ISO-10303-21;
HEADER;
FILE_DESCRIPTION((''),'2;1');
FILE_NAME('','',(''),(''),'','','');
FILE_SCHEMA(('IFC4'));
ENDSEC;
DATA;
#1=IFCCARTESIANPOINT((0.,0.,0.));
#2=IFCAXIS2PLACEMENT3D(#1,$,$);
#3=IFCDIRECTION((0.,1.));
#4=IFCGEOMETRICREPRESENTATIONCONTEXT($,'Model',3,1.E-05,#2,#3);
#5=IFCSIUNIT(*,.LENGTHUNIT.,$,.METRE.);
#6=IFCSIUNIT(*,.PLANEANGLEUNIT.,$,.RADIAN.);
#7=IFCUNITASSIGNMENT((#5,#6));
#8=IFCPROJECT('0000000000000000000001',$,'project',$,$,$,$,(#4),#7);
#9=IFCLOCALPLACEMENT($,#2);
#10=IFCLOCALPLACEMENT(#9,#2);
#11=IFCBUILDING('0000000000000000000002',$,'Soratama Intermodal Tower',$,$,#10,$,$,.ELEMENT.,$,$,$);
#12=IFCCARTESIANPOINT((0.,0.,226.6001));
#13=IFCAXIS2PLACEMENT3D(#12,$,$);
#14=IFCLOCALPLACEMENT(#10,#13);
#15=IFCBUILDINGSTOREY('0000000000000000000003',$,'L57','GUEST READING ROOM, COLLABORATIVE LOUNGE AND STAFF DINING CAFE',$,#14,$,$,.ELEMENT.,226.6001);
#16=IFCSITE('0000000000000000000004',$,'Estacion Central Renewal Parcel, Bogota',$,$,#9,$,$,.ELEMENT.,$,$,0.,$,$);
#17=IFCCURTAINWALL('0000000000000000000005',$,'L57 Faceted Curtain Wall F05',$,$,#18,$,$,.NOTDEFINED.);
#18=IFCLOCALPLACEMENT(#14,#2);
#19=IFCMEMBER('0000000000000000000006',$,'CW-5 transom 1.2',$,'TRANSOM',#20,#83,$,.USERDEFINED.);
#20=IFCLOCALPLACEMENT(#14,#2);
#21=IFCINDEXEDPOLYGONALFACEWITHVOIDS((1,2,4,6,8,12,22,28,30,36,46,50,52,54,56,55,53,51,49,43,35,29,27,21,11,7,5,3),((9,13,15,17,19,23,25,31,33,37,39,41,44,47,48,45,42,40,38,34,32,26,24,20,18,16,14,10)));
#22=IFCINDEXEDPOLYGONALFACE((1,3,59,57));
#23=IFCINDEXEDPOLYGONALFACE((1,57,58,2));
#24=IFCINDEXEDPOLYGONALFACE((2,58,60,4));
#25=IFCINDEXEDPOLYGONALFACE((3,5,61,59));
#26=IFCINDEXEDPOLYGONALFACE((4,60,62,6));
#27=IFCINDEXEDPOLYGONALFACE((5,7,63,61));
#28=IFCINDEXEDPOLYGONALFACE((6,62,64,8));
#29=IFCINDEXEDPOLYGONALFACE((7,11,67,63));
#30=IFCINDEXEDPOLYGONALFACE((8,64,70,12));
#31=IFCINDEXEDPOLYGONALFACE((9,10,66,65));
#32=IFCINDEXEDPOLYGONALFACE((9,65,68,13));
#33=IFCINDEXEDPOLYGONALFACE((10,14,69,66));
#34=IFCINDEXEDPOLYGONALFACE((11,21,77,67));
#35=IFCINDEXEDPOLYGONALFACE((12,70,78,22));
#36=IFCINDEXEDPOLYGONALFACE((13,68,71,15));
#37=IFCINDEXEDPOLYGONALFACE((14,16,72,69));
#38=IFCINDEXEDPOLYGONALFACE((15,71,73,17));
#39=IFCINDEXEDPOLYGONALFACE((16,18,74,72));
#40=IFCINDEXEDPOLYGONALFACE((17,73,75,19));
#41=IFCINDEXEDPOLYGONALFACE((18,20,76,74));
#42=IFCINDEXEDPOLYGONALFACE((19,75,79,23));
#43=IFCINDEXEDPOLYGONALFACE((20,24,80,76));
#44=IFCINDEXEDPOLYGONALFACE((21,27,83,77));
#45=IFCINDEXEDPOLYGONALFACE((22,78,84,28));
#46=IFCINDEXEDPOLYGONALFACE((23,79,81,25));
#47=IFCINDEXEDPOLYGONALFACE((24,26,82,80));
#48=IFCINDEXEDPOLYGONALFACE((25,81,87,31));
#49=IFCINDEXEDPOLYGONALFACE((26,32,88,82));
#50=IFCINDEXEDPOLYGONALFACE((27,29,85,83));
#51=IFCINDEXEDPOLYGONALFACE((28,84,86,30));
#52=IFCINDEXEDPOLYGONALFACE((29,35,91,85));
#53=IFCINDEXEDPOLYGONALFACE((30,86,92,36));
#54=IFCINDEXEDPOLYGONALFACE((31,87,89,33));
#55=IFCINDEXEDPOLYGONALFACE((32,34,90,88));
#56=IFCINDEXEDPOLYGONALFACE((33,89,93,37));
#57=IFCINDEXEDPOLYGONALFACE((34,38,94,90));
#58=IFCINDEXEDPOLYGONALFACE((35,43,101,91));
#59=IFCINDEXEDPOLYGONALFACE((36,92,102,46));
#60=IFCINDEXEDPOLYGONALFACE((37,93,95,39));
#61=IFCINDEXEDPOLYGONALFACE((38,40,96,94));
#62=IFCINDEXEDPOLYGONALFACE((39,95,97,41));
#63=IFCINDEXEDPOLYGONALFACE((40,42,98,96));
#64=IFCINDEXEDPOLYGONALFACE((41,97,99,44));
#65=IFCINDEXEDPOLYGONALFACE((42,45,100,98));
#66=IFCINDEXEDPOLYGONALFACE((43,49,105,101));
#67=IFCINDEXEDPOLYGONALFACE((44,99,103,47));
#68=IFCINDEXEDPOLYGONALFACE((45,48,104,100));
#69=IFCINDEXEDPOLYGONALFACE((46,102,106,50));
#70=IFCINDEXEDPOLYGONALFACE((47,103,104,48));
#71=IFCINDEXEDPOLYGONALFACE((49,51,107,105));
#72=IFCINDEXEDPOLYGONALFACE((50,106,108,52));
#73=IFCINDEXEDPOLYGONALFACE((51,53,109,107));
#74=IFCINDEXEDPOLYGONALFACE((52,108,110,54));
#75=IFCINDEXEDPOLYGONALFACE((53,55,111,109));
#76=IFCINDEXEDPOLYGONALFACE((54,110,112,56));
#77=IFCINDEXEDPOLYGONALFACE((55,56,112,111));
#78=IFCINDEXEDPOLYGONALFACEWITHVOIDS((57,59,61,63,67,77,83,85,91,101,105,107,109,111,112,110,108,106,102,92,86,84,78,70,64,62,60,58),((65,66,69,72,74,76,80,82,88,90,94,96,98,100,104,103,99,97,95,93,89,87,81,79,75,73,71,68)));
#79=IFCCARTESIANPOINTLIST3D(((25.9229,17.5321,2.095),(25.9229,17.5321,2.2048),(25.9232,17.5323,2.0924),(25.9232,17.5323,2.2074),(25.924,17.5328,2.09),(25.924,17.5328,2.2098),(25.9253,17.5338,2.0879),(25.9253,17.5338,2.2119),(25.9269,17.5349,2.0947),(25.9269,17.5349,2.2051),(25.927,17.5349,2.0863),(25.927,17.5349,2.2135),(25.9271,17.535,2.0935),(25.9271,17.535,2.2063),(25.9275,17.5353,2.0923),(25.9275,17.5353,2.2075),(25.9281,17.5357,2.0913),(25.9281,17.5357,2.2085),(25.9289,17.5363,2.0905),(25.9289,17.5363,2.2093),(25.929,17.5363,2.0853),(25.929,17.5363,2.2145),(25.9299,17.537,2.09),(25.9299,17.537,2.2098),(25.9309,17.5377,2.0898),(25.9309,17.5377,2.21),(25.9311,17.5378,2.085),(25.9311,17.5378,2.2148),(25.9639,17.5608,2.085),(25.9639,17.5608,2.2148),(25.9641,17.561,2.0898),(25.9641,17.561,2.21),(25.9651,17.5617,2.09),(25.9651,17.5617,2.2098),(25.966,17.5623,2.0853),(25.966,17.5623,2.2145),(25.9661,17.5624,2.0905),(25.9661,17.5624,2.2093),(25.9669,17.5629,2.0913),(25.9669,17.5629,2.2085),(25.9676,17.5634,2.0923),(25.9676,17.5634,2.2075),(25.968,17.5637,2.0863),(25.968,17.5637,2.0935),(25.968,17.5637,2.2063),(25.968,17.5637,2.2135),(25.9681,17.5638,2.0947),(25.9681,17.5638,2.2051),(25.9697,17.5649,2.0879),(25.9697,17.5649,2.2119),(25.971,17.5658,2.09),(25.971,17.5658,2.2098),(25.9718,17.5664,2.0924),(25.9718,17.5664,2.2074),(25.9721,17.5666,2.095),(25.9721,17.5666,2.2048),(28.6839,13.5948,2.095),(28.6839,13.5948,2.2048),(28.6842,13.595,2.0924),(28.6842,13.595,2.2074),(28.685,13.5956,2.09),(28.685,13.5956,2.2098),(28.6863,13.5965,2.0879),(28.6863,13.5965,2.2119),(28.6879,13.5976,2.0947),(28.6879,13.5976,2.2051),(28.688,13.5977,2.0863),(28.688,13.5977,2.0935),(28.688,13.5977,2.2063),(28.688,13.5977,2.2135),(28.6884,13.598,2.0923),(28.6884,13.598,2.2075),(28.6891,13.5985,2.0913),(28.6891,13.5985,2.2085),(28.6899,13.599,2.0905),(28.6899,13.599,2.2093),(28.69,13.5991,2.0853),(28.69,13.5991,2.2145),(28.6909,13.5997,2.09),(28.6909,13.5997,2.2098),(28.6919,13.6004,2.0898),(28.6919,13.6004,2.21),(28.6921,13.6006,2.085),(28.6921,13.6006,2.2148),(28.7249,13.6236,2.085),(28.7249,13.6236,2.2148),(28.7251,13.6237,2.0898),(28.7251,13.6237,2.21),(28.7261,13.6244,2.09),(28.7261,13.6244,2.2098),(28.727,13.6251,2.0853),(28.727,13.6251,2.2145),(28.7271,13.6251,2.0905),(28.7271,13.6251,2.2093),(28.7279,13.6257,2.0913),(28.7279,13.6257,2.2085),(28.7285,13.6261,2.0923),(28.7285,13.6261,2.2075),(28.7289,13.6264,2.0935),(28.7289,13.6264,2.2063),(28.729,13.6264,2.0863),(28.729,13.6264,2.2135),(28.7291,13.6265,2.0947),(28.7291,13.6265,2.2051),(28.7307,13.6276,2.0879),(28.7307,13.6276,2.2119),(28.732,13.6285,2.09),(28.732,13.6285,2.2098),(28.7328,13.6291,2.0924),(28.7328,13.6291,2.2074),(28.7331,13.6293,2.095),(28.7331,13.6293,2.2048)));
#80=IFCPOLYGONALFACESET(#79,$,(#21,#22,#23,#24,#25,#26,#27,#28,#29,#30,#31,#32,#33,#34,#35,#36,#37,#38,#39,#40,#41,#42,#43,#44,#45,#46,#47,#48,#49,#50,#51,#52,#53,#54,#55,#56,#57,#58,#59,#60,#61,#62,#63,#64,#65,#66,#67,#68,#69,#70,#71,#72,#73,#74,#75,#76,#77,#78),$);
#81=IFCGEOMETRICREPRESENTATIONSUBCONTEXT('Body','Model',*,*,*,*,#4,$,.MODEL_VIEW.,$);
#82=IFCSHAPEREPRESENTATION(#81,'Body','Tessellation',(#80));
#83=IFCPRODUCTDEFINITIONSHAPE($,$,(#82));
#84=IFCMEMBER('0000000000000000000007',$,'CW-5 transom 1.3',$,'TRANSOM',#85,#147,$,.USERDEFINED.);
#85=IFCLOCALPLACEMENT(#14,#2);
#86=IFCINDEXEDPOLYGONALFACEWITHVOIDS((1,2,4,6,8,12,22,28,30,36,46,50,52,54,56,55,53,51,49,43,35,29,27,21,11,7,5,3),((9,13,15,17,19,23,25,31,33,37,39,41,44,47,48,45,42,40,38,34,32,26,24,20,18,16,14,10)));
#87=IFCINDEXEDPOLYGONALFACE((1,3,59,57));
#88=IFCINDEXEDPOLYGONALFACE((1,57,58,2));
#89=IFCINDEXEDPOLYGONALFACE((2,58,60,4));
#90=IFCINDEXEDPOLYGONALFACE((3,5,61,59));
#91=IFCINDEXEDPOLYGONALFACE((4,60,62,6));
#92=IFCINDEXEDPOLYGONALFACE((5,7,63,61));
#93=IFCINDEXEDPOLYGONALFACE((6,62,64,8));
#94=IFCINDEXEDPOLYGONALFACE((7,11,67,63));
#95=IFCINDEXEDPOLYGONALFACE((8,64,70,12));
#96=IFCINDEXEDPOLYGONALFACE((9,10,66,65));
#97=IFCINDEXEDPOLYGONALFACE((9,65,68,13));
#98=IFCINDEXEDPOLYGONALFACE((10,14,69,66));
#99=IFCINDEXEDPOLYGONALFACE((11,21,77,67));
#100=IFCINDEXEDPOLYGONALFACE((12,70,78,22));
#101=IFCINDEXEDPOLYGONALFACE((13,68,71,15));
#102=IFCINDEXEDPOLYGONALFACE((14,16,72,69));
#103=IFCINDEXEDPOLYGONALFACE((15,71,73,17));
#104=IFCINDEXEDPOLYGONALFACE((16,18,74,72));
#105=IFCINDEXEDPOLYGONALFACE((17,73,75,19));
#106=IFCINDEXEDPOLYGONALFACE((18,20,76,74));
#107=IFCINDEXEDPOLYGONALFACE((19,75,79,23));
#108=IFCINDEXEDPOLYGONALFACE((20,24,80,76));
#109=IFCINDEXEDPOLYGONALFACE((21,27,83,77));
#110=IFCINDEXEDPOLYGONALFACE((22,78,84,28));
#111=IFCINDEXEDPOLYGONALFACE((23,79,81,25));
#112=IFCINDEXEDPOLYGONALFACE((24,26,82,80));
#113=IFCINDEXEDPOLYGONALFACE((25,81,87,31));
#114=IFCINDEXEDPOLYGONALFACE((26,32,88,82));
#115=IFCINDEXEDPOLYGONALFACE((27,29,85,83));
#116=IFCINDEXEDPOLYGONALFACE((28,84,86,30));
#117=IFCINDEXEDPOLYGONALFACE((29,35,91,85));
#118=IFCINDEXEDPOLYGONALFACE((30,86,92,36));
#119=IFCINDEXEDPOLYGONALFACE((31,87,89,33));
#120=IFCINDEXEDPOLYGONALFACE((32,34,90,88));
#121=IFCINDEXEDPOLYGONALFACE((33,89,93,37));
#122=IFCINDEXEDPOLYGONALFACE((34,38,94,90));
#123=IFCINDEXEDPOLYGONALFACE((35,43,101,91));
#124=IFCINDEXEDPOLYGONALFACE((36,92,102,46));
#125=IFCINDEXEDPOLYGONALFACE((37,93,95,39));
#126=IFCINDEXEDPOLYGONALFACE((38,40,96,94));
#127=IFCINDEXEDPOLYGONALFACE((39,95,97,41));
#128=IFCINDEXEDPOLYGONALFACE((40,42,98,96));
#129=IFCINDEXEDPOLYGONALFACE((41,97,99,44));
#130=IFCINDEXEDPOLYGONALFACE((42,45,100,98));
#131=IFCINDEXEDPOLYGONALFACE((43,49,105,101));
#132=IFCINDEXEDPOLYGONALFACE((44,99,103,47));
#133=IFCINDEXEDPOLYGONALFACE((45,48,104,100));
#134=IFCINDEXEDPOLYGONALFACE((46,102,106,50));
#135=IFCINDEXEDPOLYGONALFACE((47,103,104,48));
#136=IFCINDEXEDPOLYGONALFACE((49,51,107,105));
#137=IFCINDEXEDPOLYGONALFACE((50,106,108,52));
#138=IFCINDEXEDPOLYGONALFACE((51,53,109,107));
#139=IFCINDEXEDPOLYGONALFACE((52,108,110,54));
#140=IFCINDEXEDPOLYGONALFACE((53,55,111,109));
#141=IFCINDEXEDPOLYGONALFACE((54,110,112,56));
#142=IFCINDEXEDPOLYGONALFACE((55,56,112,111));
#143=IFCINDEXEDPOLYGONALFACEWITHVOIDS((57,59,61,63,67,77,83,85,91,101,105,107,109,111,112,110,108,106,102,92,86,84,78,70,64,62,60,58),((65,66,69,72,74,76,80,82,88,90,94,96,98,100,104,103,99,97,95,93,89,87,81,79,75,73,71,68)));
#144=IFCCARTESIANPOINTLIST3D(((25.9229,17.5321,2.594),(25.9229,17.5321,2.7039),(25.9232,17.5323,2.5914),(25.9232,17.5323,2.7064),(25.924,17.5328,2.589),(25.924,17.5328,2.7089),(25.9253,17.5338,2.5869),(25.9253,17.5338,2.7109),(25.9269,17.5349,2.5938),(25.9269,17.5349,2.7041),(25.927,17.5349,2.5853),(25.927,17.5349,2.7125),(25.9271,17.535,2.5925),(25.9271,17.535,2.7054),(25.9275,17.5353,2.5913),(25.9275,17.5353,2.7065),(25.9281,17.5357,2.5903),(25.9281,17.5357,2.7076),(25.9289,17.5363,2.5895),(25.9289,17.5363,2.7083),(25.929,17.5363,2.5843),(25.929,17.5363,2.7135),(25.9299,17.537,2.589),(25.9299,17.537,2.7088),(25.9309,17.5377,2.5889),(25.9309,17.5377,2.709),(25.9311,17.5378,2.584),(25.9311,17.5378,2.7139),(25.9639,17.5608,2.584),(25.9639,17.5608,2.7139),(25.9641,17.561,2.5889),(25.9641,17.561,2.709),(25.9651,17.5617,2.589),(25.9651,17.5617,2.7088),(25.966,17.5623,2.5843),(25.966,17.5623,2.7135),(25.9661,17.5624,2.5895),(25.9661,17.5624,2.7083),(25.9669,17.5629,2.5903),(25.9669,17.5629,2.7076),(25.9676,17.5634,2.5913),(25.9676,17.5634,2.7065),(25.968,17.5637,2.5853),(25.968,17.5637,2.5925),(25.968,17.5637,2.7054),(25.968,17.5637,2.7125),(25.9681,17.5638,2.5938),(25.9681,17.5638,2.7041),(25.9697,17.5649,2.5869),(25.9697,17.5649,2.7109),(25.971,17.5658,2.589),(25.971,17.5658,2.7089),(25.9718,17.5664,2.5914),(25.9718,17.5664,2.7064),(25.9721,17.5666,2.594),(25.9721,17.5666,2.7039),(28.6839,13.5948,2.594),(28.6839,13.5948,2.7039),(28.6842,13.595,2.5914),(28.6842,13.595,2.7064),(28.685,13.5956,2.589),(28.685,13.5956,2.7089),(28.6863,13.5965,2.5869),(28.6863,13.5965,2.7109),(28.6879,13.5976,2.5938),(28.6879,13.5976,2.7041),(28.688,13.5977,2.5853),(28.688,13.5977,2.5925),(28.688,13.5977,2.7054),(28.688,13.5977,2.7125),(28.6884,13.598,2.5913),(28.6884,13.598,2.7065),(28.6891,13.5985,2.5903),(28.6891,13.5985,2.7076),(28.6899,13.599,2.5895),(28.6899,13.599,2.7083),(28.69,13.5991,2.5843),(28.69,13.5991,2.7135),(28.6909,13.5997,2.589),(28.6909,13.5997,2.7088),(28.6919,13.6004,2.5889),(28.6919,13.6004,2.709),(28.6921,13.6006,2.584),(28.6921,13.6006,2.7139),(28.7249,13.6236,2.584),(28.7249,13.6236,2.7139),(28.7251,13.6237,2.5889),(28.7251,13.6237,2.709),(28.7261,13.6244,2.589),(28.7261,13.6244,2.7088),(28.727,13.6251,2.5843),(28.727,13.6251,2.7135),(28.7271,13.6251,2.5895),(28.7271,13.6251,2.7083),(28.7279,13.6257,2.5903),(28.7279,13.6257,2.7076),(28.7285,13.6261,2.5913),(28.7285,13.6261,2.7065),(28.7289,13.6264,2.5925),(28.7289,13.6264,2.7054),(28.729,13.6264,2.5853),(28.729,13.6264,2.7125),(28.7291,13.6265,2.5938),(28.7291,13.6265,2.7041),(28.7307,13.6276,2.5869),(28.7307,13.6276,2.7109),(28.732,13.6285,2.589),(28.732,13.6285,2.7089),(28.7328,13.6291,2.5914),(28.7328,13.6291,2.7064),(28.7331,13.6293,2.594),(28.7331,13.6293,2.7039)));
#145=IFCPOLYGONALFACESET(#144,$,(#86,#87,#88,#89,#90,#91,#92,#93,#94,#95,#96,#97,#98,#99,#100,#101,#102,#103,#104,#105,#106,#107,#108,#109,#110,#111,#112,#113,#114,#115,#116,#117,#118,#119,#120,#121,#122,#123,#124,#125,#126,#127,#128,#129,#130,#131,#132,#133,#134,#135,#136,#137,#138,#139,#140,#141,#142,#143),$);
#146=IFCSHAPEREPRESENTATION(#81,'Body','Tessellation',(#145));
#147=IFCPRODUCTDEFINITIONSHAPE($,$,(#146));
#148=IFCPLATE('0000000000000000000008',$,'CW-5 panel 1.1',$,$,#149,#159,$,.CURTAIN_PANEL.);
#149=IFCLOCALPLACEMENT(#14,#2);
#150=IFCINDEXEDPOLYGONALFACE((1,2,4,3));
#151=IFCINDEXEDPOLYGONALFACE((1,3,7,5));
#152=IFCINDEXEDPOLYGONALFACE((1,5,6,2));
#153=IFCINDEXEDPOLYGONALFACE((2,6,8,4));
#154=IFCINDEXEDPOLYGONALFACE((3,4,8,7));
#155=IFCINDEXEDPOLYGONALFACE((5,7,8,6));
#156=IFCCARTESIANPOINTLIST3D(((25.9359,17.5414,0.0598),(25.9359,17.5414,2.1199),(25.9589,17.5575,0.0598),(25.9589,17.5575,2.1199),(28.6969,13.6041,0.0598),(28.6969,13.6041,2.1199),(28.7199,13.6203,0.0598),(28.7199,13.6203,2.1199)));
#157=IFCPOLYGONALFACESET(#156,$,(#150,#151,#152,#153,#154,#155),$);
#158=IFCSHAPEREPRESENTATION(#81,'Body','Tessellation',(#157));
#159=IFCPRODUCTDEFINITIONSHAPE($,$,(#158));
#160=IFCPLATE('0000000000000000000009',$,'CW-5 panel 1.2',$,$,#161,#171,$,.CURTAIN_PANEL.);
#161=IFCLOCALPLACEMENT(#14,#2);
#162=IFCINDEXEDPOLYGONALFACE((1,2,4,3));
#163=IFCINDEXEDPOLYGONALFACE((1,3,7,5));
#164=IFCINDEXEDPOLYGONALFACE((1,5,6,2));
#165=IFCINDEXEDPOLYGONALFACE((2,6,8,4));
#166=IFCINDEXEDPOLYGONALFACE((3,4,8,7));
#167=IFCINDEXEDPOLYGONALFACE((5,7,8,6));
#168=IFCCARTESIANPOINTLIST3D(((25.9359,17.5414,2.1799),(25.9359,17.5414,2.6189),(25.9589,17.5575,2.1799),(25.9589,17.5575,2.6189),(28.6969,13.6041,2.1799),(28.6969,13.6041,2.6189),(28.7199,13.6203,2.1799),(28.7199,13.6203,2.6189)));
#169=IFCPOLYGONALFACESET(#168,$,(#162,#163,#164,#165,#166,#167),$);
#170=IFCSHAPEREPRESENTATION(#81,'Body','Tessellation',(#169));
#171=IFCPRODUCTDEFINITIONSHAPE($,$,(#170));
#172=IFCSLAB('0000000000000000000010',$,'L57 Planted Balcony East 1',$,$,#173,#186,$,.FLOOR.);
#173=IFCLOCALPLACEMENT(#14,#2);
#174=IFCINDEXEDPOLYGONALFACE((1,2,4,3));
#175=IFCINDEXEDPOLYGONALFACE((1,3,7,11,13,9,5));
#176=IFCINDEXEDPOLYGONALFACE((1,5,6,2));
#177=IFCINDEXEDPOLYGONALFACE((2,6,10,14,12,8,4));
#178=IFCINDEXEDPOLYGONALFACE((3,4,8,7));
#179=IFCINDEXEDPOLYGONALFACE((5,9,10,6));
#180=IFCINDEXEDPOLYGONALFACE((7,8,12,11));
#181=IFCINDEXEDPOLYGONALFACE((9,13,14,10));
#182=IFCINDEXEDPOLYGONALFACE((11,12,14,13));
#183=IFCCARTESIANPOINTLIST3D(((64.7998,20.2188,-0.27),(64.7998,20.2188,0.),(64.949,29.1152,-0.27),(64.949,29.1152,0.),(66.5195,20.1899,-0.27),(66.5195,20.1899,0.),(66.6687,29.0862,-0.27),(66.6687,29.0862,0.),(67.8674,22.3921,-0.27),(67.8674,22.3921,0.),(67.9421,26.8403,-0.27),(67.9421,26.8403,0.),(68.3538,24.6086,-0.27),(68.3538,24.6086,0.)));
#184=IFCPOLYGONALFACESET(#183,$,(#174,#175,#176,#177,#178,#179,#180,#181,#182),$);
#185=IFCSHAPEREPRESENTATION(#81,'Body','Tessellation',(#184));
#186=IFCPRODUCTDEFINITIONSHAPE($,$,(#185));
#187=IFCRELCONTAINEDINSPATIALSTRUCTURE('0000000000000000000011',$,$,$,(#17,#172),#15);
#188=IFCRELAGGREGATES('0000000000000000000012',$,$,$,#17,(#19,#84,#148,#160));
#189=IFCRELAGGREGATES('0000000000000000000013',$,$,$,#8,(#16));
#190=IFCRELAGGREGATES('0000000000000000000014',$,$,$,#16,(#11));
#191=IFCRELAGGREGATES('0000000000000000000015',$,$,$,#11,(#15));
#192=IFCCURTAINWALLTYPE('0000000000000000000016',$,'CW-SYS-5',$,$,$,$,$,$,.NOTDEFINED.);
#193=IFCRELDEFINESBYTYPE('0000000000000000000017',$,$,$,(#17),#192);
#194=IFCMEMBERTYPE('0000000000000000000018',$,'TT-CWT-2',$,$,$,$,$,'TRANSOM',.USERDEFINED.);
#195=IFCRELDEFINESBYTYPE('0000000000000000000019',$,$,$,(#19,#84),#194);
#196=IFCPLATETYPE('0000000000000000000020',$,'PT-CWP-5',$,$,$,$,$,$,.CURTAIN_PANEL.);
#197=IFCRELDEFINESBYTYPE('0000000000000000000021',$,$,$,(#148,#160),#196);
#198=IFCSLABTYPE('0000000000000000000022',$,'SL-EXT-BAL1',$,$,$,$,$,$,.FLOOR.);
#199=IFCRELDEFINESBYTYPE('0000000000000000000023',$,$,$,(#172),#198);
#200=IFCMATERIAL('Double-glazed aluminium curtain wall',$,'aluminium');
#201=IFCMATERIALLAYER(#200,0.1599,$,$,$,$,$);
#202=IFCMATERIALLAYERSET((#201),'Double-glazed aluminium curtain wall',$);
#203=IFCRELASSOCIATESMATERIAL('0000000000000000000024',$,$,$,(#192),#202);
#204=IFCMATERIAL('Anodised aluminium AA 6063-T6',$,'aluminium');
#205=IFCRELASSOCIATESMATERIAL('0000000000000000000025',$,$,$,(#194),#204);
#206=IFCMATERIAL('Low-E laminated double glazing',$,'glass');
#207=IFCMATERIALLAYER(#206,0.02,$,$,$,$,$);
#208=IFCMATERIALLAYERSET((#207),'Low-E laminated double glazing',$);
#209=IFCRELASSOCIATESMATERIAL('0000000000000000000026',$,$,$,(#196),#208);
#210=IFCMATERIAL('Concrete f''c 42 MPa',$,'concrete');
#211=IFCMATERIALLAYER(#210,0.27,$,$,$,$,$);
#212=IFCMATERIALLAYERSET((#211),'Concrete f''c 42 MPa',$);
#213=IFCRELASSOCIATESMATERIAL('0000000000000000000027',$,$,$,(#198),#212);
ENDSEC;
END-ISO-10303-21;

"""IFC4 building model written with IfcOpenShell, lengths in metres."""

from ifc_helpers import new_model, si_unit, direction, frame, origin, origin_2d, place, context, subcontext, project, spatial, polyline, rectangle, hollow_rectangle, outline, extrude, material, layer, layer_set, material_profile, profile_set, type_object, element, aggregate, save


model = new_model("IFC4")

# Units and contexts
model_context = context("Model", 3, precision=1e-05, world=origin(), true_north=direction((0.0, 1.0)))
body_context = subcontext(model_context, "Body", "Model", "MODEL_VIEW")
ifc_project = project(units=[si_unit("LENGTHUNIT", "METRE"), si_unit("PLANEANGLEUNIT", "RADIAN")], contexts=[model_context])

# Site, building, storey
site_placement = place(None, origin())
site = spatial("IfcSite", under=ifc_project, at=site_placement, Name="Estacion Central Renewal Parcel, Bogota", CompositionType="ELEMENT", RefElevation=0.0)
building_placement = place(site_placement, origin())
building = spatial("IfcBuilding", under=site, at=building_placement, Name="Soratama Intermodal Tower", CompositionType="ELEMENT")
storey_placement = place(building_placement, frame((0.0, 0.0, 226.6001)))
storey = spatial("IfcBuildingStorey", under=building, at=storey_placement, Name="L57", Description="GUEST READING ROOM, COLLABORATIVE LOUNGE AND STAFF DINING CAFE", CompositionType="ELEMENT", Elevation=226.6001)

# Curtain wall, members, plates
ifc_material_1 = material(Name="Double-glazed aluminium curtain wall", Category="aluminium")
ifc_layer_1 = layer(ifc_material_1, 0.1599)
ifc_layer_set_1 = layer_set([ifc_layer_1], Name="Double-glazed aluminium curtain wall")
curtain_wall_type = type_object("IfcCurtainWallType", Name="CW-SYS-5", PredefinedType="NOTDEFINED", material=ifc_layer_set_1)
curtain_wall_placement = place(storey_placement, origin())
curtain_wall = element("IfcCurtainWall", 1, at=curtain_wall_placement, inside=storey, type_object=curtain_wall_type, Name="L57 Faceted Curtain Wall F05", PredefinedType="NOTDEFINED")
ifc_material_2 = material(Name="Anodised aluminium AA 6063-T6", Category="aluminium")
ifc_material_profile_1 = material_profile(ifc_material_2, hollow_rectangle(XDim=0.0601, YDim=0.1299, WallThickness=0.0049, InnerFilletRadius=0.0049, OuterFilletRadius=0.01, at=origin_2d()), Name="CWT130X60X5")
ifc_profile_set_1 = profile_set([ifc_material_profile_1], Name="Anodised aluminium AA 6063-T6")
member_type_1 = type_object("IfcMemberType", Name="TT-CWT-2", ElementType="TRANSOM", PredefinedType="USERDEFINED", material=ifc_profile_set_1)
member_1_placement = place(storey_placement, frame((25.9475, 17.5493, 2.1499), z_axis=(0.574147, -0.818752, 0.0), x_axis=(0.818752, 0.574147, 0.0)))
member_1 = element("IfcMember", 2, at=member_1_placement, type_object=member_type_1, Name="CW-5 transom 1.2", ObjectType="TRANSOM", PredefinedType="USERDEFINED", context=body_context, shape_type="SweptSolid", body=[
    extrude(hollow_rectangle(XDim=0.0601, YDim=0.1299, WallThickness=0.0049, InnerFilletRadius=0.0049, OuterFilletRadius=0.01, at=origin_2d()), origin(), (0.0, 0.0, 1.0), 4.8088),
])
member_2_placement = place(storey_placement, frame((25.9475, 17.5493, 2.6489), z_axis=(0.574147, -0.818752, 0.0), x_axis=(0.818752, 0.574147, 0.0)))
member_2 = element("IfcMember", 3, at=member_2_placement, type_object=member_type_1, Name="CW-5 transom 1.3", ObjectType="TRANSOM", PredefinedType="USERDEFINED", context=body_context, shape_type="SweptSolid", body=[
    extrude(hollow_rectangle(XDim=0.0601, YDim=0.1299, WallThickness=0.0049, InnerFilletRadius=0.0049, OuterFilletRadius=0.01, at=origin_2d()), origin(), (0.0, 0.0, 1.0), 4.8088),
])
ifc_material_3 = material(Name="Low-E laminated double glazing", Category="glass")
ifc_layer_2 = layer(ifc_material_3, 0.02)
ifc_layer_set_2 = layer_set([ifc_layer_2], Name="Low-E laminated double glazing")
plate_type = type_object("IfcPlateType", Name="PT-CWP-5", PredefinedType="CURTAIN_PANEL", material=ifc_layer_set_2)
plate_1_placement = place(storey_placement, frame((27.3279, 15.5808, 0.0598), z_axis=(0.0, 0.0, 1.0), x_axis=(0.57415, -0.81875, 0.0)))
plate_1 = element("IfcPlate", 4, at=plate_1_placement, type_object=plate_type, Name="CW-5 panel 1.1", PredefinedType="CURTAIN_PANEL", context=body_context, shape_type="SweptSolid", body=[
    extrude(rectangle(XDim=4.8088, YDim=0.0281, at=origin_2d()), origin(), (0.0, 0.0, 1.0), 2.0601),
])
plate_2_placement = place(storey_placement, frame((27.3279, 15.5808, 2.1799), z_axis=(0.0, 0.0, 1.0), x_axis=(0.57415, -0.81875, 0.0)))
plate_2 = element("IfcPlate", 5, at=plate_2_placement, type_object=plate_type, Name="CW-5 panel 1.2", PredefinedType="CURTAIN_PANEL", context=body_context, shape_type="SweptSolid", body=[
    extrude(rectangle(XDim=4.8088, YDim=0.0281, at=origin_2d()), origin(), (0.0, 0.0, 1.0), 0.439),
])
aggregate(curtain_wall, [member_1, member_2, plate_1, plate_2])

# Slab
ifc_material_4 = material(Name="Concrete f'c 42 MPa", Category="concrete")
ifc_layer_3 = layer(ifc_material_4, 0.27)
ifc_layer_set_3 = layer_set([ifc_layer_3], Name="Concrete f'c 42 MPa")
slab_type_1 = type_object("IfcSlabType", Name="SL-EXT-BAL1", PredefinedType="FLOOR", material=ifc_layer_set_3)
slab_1_placement = place(storey_placement, frame((0.0, 0.0, -0.27)))
element("IfcSlab", 6, at=slab_1_placement, inside=storey, type_object=slab_type_1, Name="L57 Planted Balcony East 1", PredefinedType="FLOOR", context=body_context, shape_type="SweptSolid", body=[
    extrude(outline(polyline([(64.7998, 20.2188), (64.949, 29.1152), (66.6687, 29.0862), (67.9421, 26.8403), (68.3538, 24.6086), (67.8674, 22.3921), (66.5195, 20.1899), (64.7998, 20.2188)])), origin(), (0.0, 0.0, 1.0), 0.27),
])

save(model, "model.ifc")
